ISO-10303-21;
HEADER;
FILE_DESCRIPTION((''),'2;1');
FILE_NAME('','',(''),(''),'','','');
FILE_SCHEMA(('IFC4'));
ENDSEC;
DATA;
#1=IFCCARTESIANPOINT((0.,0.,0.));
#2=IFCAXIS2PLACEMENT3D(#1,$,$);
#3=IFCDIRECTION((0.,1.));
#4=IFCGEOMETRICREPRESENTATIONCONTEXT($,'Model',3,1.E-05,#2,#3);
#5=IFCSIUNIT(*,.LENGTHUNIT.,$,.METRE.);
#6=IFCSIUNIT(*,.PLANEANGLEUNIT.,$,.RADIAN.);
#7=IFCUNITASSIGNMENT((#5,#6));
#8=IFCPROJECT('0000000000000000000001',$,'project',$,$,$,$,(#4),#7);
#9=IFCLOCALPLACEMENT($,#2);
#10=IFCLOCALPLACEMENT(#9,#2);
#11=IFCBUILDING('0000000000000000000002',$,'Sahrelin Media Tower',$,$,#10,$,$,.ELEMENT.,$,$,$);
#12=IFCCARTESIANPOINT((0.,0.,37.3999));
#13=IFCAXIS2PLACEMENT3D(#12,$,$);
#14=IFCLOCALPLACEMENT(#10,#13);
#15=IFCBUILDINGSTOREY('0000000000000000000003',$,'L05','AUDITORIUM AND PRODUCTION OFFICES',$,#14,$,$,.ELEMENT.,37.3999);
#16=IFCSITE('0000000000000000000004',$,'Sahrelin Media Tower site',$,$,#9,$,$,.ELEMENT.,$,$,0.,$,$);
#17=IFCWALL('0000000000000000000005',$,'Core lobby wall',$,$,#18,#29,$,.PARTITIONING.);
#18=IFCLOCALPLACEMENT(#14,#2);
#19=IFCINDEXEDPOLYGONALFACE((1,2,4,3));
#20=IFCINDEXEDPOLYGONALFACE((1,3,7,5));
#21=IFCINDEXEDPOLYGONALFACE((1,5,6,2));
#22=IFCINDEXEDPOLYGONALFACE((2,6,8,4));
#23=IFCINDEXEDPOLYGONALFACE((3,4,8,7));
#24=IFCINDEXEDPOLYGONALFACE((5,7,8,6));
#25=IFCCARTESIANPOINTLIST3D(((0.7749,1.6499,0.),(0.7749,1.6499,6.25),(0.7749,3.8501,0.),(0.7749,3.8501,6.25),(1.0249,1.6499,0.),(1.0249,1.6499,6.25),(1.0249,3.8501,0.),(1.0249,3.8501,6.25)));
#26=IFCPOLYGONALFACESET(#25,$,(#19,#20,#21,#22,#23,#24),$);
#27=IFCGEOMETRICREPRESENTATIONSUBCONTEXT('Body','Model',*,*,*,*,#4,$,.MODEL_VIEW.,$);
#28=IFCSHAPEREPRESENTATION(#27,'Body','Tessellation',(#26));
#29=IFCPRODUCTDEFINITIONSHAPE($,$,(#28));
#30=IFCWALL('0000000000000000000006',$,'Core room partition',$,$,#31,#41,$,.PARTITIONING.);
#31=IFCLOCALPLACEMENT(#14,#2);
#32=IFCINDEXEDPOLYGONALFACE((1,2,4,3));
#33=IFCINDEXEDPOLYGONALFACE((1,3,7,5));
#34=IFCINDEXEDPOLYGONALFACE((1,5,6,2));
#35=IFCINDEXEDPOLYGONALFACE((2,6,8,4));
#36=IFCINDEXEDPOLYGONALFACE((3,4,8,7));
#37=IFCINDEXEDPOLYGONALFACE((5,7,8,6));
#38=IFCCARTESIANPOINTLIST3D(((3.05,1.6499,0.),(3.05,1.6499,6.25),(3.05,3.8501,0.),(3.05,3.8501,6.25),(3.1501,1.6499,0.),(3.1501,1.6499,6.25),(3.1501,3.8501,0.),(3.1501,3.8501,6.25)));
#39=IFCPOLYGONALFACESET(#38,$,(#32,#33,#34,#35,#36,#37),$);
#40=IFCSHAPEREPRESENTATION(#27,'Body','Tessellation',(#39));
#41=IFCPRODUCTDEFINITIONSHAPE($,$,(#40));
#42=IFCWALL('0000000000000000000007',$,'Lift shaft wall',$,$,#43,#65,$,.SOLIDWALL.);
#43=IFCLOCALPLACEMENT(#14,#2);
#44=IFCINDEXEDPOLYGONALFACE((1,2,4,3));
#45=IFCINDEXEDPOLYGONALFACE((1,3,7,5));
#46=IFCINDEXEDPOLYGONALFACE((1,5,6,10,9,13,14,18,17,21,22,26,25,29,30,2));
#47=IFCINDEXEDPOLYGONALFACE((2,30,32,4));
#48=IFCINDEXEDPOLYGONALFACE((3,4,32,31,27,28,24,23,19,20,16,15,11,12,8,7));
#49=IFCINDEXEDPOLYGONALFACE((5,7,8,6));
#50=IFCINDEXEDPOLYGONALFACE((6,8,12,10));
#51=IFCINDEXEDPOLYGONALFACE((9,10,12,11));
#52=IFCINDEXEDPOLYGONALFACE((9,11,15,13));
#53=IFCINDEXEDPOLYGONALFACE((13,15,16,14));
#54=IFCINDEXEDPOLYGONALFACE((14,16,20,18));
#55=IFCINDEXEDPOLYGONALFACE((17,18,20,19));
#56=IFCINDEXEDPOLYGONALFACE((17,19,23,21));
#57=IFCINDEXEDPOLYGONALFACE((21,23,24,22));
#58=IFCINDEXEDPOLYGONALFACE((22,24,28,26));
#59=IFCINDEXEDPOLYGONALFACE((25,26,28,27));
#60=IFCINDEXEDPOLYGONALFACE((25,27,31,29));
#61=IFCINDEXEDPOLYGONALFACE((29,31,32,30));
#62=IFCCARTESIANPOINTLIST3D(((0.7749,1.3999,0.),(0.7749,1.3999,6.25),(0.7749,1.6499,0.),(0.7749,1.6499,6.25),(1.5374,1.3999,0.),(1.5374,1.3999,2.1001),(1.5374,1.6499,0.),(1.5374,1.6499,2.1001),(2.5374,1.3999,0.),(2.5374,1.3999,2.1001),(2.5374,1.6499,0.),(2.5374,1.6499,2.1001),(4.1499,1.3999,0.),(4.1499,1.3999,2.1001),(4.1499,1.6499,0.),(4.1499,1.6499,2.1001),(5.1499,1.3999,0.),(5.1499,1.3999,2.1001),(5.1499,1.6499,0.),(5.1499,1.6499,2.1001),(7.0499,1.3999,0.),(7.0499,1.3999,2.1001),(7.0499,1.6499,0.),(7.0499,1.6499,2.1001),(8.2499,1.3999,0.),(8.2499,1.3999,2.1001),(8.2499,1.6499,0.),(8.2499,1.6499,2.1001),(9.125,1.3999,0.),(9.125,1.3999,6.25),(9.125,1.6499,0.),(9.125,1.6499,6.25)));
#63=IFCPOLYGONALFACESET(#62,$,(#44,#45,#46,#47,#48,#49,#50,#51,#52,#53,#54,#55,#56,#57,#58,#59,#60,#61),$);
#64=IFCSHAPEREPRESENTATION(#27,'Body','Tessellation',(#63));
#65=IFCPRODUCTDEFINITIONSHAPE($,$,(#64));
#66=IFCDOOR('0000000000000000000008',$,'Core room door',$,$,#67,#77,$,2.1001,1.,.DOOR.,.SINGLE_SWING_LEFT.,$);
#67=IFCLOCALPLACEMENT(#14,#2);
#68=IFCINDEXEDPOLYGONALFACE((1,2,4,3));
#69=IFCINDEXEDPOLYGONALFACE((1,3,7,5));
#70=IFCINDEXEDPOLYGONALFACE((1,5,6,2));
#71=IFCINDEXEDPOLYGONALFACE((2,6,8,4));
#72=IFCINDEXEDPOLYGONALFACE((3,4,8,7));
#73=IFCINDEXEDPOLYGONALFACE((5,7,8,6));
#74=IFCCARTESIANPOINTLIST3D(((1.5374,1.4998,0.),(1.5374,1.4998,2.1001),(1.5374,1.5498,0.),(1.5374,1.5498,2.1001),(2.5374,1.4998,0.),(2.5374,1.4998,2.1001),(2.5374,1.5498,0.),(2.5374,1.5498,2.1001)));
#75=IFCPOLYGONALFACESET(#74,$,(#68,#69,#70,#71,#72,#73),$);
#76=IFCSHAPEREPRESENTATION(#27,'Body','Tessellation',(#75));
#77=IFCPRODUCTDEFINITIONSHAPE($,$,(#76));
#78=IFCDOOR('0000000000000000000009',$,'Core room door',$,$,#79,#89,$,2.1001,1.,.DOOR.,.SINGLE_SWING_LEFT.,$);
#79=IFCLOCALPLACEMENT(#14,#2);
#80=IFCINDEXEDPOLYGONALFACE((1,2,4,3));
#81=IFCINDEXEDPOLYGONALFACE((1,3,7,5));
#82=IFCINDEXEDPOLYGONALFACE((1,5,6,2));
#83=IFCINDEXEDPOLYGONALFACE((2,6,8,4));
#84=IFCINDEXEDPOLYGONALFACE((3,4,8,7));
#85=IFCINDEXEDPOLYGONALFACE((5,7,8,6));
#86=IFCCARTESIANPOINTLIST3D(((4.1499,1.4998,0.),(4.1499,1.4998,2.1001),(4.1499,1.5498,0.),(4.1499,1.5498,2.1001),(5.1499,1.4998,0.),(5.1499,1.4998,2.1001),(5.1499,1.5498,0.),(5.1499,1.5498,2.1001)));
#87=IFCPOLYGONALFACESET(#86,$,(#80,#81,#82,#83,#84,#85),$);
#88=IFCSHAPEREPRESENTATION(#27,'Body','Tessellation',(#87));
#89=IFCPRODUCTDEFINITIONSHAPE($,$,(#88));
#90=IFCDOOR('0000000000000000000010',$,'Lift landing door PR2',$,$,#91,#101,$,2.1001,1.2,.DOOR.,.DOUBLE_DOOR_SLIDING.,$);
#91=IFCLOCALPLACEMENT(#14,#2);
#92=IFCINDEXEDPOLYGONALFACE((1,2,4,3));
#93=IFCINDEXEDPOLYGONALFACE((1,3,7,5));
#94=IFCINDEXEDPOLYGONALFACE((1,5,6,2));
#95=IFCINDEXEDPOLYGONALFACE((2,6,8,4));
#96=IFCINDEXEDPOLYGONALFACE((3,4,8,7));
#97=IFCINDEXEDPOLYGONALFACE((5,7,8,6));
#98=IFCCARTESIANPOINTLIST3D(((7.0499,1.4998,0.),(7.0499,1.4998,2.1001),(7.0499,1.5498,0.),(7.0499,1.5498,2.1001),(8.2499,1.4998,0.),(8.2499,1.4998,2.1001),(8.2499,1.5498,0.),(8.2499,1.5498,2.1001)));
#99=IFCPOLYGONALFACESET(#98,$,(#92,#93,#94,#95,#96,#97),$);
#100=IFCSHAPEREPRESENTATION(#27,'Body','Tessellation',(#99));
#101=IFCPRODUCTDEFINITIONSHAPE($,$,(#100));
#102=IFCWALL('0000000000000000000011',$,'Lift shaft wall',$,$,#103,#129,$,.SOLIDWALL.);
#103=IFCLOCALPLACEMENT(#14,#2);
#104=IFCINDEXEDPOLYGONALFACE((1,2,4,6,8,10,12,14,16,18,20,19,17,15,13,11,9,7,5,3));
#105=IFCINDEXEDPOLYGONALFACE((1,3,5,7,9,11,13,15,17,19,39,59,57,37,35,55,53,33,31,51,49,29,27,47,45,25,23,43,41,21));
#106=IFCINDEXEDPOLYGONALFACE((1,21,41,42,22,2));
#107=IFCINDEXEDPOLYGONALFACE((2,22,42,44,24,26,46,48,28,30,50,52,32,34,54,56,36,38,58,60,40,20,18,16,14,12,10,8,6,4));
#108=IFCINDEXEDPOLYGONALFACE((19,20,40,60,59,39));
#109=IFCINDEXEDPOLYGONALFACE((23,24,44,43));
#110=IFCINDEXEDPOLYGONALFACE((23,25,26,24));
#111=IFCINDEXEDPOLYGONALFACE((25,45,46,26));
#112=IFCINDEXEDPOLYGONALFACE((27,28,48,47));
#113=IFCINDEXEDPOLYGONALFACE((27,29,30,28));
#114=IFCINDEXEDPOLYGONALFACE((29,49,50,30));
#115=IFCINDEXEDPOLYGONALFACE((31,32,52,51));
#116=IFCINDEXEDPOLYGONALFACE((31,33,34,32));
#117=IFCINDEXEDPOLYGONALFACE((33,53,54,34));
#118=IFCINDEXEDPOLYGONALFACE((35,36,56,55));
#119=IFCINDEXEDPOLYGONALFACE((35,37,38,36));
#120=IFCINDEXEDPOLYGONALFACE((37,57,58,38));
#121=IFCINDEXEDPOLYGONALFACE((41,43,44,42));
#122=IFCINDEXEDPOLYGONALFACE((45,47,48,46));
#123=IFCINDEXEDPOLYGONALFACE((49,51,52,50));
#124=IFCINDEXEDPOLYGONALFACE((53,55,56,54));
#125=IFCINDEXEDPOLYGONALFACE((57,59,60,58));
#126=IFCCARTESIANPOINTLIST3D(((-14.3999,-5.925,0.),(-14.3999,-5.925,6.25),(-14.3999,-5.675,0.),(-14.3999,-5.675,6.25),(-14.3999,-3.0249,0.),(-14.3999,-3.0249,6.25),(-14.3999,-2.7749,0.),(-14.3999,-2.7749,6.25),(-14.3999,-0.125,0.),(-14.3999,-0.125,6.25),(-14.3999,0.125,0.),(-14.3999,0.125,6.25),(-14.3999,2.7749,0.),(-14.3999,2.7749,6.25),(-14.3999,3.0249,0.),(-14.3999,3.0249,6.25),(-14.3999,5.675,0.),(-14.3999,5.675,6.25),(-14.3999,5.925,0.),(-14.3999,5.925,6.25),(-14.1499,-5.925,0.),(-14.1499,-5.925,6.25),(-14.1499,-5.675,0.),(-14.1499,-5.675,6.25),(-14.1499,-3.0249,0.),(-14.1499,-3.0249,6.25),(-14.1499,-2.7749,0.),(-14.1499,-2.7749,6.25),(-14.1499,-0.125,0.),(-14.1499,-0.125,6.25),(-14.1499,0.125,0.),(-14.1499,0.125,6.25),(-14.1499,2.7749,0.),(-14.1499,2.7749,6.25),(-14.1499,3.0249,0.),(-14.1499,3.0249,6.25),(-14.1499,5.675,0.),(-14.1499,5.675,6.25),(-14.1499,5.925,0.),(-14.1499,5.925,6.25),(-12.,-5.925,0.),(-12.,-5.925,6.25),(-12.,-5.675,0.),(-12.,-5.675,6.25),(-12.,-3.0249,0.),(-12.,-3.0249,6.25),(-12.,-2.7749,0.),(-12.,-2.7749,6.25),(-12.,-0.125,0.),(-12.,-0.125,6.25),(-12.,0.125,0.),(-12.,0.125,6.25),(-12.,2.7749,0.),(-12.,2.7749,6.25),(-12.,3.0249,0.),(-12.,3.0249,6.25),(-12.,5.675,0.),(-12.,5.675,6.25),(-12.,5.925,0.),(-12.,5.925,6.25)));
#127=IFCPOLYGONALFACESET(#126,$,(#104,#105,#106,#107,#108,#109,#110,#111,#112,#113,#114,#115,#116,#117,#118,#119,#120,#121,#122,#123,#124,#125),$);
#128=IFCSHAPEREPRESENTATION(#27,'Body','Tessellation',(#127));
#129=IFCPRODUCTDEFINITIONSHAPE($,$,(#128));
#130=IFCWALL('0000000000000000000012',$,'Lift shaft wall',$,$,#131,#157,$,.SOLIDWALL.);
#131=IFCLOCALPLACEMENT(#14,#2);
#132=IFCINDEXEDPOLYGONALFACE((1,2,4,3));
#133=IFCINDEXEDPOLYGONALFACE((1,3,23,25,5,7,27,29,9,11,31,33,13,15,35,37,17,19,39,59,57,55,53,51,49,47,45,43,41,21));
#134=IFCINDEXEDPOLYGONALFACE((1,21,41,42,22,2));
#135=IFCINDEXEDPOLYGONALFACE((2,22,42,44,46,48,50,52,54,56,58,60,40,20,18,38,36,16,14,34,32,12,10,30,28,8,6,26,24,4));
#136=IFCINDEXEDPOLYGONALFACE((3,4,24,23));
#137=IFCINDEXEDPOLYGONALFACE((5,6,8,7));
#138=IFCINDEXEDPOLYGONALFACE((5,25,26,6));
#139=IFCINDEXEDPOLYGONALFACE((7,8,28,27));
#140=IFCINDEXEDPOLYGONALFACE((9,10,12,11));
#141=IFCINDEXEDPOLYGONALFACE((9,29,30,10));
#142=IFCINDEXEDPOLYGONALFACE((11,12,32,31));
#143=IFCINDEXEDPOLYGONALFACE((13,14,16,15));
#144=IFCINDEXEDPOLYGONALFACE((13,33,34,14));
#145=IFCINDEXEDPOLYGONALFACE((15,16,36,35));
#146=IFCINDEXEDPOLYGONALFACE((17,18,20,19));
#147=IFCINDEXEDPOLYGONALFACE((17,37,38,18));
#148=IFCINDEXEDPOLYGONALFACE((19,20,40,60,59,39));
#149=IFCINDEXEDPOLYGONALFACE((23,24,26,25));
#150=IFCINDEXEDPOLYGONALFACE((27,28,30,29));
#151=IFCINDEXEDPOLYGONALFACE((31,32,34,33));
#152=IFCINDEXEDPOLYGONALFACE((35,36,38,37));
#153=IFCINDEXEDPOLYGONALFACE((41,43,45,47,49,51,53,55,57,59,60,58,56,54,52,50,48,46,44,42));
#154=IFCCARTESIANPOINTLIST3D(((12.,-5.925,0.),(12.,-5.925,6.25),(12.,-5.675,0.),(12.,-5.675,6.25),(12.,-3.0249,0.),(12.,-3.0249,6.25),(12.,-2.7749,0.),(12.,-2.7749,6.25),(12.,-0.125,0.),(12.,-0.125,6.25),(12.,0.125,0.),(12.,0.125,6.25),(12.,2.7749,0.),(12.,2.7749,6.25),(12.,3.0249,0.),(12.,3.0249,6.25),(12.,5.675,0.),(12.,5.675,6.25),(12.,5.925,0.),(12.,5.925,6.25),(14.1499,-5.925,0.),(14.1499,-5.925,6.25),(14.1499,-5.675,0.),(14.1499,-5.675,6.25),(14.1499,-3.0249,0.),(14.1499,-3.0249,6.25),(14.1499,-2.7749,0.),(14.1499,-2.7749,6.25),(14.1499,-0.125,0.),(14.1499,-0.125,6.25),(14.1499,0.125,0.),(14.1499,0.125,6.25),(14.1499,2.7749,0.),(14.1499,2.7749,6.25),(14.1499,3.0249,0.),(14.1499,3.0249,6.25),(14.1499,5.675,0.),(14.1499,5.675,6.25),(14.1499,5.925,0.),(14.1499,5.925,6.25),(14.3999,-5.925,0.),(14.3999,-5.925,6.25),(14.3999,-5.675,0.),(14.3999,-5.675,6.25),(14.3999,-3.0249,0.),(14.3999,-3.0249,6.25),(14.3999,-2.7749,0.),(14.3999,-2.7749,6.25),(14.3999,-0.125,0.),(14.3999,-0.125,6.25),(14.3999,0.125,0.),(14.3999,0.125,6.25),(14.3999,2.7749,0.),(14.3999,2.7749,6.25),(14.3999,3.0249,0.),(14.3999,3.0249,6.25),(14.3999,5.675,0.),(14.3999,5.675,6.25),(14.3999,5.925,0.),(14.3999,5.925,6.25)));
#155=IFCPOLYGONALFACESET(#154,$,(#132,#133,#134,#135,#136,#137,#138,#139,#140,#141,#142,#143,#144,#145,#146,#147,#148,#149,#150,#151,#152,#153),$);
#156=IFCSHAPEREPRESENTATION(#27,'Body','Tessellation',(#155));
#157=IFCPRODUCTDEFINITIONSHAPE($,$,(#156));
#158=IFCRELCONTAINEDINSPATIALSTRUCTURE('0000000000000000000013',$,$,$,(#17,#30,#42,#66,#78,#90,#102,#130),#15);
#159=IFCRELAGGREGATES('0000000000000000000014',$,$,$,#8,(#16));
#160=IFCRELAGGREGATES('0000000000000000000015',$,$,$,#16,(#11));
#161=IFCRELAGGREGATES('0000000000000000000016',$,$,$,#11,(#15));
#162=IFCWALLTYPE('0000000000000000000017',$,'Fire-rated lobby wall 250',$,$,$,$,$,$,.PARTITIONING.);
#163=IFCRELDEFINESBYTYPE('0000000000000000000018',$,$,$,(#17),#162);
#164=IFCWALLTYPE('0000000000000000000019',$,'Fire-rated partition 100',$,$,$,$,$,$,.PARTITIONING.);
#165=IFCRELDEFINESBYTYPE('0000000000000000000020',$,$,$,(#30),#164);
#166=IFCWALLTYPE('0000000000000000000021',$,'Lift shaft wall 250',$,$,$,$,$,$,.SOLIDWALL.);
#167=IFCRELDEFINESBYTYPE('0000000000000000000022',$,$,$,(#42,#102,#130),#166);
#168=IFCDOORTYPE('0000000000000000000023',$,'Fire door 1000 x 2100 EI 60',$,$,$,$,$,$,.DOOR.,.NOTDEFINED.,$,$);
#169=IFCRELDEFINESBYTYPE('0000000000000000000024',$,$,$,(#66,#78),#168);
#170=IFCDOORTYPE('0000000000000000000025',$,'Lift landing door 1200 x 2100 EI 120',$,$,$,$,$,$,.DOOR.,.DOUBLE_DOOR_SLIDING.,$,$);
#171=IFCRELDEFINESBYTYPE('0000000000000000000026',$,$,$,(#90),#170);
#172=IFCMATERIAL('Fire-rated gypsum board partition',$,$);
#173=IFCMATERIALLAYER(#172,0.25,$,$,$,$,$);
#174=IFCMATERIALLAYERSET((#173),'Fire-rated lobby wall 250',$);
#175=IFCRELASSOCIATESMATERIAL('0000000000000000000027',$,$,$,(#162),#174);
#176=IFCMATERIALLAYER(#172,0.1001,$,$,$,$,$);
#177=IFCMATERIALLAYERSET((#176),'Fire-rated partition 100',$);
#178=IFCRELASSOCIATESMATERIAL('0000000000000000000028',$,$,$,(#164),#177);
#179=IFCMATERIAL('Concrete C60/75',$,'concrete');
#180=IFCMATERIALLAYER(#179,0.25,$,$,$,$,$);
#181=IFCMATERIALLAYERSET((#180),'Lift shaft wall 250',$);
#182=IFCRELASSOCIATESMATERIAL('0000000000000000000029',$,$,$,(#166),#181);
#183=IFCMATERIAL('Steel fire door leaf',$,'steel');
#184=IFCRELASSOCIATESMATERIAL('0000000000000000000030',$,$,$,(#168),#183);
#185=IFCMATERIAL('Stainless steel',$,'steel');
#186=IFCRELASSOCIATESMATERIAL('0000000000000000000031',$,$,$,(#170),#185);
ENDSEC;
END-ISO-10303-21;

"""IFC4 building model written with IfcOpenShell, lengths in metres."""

from ifc_helpers import new_model, si_unit, direction, frame, frame_2d, origin, place, context, subcontext, project, spatial, polyline, rectangle, outline, extrude, material, layer, layer_set, type_object, element, fill, save


model = new_model("IFC4")

# Units and contexts
model_context = context("Model", 3, precision=1e-05, world=origin(), true_north=direction((0.0, 1.0)))
body_context = subcontext(model_context, "Body", "Model", "MODEL_VIEW")
ifc_project = project(units=[si_unit("LENGTHUNIT", "METRE"), si_unit("PLANEANGLEUNIT", "RADIAN")], contexts=[model_context])

# Site, building, storey
site_placement = place(None, origin())
site = spatial("IfcSite", under=ifc_project, at=site_placement, Name="Sahrelin Media Tower site", CompositionType="ELEMENT", RefElevation=0.0)
building_placement = place(site_placement, origin())
building = spatial("IfcBuilding", under=site, at=building_placement, Name="Sahrelin Media Tower", CompositionType="ELEMENT")
storey_placement = place(building_placement, frame((0.0, 0.0, 37.3999)))
storey = spatial("IfcBuildingStorey", under=building, at=storey_placement, Name="L05", Description="AUDITORIUM AND PRODUCTION OFFICES", CompositionType="ELEMENT", Elevation=37.3999)

# Walls
ifc_material_1 = material(Name="Fire-rated gypsum board partition")
ifc_layer_1 = layer(ifc_material_1, 0.25)
ifc_layer_set_1 = layer_set([ifc_layer_1], Name="Fire-rated lobby wall 250")
wall_type_1 = type_object("IfcWallType", Name="Fire-rated lobby wall 250", PredefinedType="PARTITIONING", material=ifc_layer_set_1)
wall_1_placement = place(storey_placement, frame((0.8999, 1.6499, 0.0), z_axis=(0.0, 0.0, 1.0), x_axis=(0.0, 1.0, 0.0)))
element("IfcWall", 1, at=wall_1_placement, inside=storey, type_object=wall_type_1, Name="Core lobby wall", PredefinedType="PARTITIONING", context=body_context, shape_type="SweptSolid", body=[
    extrude(rectangle(XDim=2.2002, YDim=0.25, at=frame_2d((1.1001, 0.0))), origin(), (0.0, 0.0, 1.0), 6.25),
])
ifc_layer_2 = layer(ifc_material_1, 0.1001)
ifc_layer_set_2 = layer_set([ifc_layer_2], Name="Fire-rated partition 100")
wall_type_2 = type_object("IfcWallType", Name="Fire-rated partition 100", PredefinedType="PARTITIONING", material=ifc_layer_set_2)
wall_2_placement = place(storey_placement, frame((3.1001, 1.6499, 0.0), z_axis=(0.0, 0.0, 1.0), x_axis=(0.0, 1.0, 0.0)))
element("IfcWall", 2, at=wall_2_placement, inside=storey, type_object=wall_type_2, Name="Core room partition", PredefinedType="PARTITIONING", context=body_context, shape_type="SweptSolid", body=[
    extrude(rectangle(XDim=2.2002, YDim=0.1001, at=frame_2d((1.1001, 0.0))), origin(), (0.0, 0.0, 1.0), 6.25),
])

# Wall, openings, doors
ifc_material_2 = material(Name="Concrete C60/75", Category="concrete")
ifc_layer_3 = layer(ifc_material_2, 0.25)
ifc_layer_set_3 = layer_set([ifc_layer_3], Name="Lift shaft wall 250")
wall_type_3 = type_object("IfcWallType", Name="Lift shaft wall 250", PredefinedType="SOLIDWALL", material=ifc_layer_set_3)
wall_3_placement = place(storey_placement, frame((0.7749, 1.5249, 0.0), z_axis=(0.0, 0.0, 1.0), x_axis=(1.0, 0.0, 0.0)))
wall_3 = element("IfcWall", 3, at=wall_3_placement, inside=storey, type_object=wall_type_3, Name="Lift shaft wall", PredefinedType="SOLIDWALL", context=body_context, shape_type="SweptSolid", body=[
    extrude(rectangle(XDim=8.3501, YDim=0.25, at=frame_2d((4.175, 0.0))), origin(), (0.0, 0.0, 1.0), 6.25),
])
opening_1_placement = place(wall_3_placement, frame((6.2749, 0.0, 0.0)))
opening_1 = element("IfcOpeningElement", 4, at=opening_1_placement, cuts=wall_3, PredefinedType="OPENING", context=body_context, shape_type="SweptSolid", body=[
    extrude(rectangle(XDim=1.2, YDim=2.1001, at=frame_2d((0.6001, 1.05))), frame((0.0, 0.125, 0.0), z_axis=(0.0, -1.0, 0.0), x_axis=(1.0, 0.0, 0.0)), (0.0, 0.0, 1.0), 0.25),
])
opening_2_placement = place(wall_3_placement, frame((0.7625, 0.0, 0.0)))
opening_2 = element("IfcOpeningElement", 5, at=opening_2_placement, cuts=wall_3, PredefinedType="OPENING", context=body_context, shape_type="SweptSolid", body=[
    extrude(rectangle(XDim=1.0, YDim=2.1001, at=frame_2d((0.5, 1.05))), frame((0.0, 0.125, 0.0), z_axis=(0.0, -1.0, 0.0), x_axis=(1.0, 0.0, 0.0)), (0.0, 0.0, 1.0), 0.25),
])
opening_3_placement = place(wall_3_placement, frame((3.375, 0.0, 0.0)))
opening_3 = element("IfcOpeningElement", 6, at=opening_3_placement, cuts=wall_3, PredefinedType="OPENING", context=body_context, shape_type="SweptSolid", body=[
    extrude(rectangle(XDim=1.0, YDim=2.1001, at=frame_2d((0.5, 1.05))), frame((0.0, 0.125, 0.0), z_axis=(0.0, -1.0, 0.0), x_axis=(1.0, 0.0, 0.0)), (0.0, 0.0, 1.0), 0.25),
])
ifc_material_3 = material(Name="Steel fire door leaf", Category="steel")
door_type_1 = type_object("IfcDoorType", Name="Fire door 1000 x 2100 EI 60", OperationType="NOTDEFINED", PredefinedType="DOOR", material=ifc_material_3)
door_1_placement = place(opening_2_placement, origin())
door_1 = element("IfcDoor", 7, at=door_1_placement, inside=storey, type_object=door_type_1, Name="Core room door", OperationType="SINGLE_SWING_LEFT", OverallHeight=2.1001, OverallWidth=1.0, PredefinedType="DOOR", context=body_context, shape_type="SweptSolid", body=[
    extrude(rectangle(XDim=1.0, YDim=2.1001, at=frame_2d((0.5, 1.05))), frame((0.0, 0.0249, 0.0), z_axis=(0.0, -1.0, 0.0), x_axis=(1.0, 0.0, 0.0)), (0.0, 0.0, 1.0), 0.05),
])
fill(opening_2, door_1)
door_2_placement = place(opening_3_placement, origin())
door_2 = element("IfcDoor", 8, at=door_2_placement, inside=storey, type_object=door_type_1, Name="Core room door", OperationType="SINGLE_SWING_LEFT", OverallHeight=2.1001, OverallWidth=1.0, PredefinedType="DOOR", context=body_context, shape_type="SweptSolid", body=[
    extrude(rectangle(XDim=1.0, YDim=2.1001, at=frame_2d((0.5, 1.05))), frame((0.0, 0.0249, 0.0), z_axis=(0.0, -1.0, 0.0), x_axis=(1.0, 0.0, 0.0)), (0.0, 0.0, 1.0), 0.05),
])
fill(opening_3, door_2)
ifc_material_4 = material(Name="Stainless steel", Category="steel")
door_type_2 = type_object("IfcDoorType", Name="Lift landing door 1200 x 2100 EI 120", OperationType="DOUBLE_DOOR_SLIDING", PredefinedType="DOOR", material=ifc_material_4)
door_3_placement = place(opening_1_placement, origin())
door_3 = element("IfcDoor", 9, at=door_3_placement, inside=storey, type_object=door_type_2, Name="Lift landing door PR2", OperationType="DOUBLE_DOOR_SLIDING", OverallHeight=2.1001, OverallWidth=1.2, PredefinedType="DOOR", context=body_context, shape_type="SweptSolid", body=[
    extrude(rectangle(XDim=1.2, YDim=2.1001, at=frame_2d((0.6001, 1.05))), frame((0.0, 0.0249, 0.0), z_axis=(0.0, -1.0, 0.0), x_axis=(1.0, 0.0, 0.0)), (0.0, 0.0, 1.0), 0.05),
])
fill(opening_1, door_3)

# Walls
placement_1 = place(storey_placement, origin())
element("IfcWall", 10, at=placement_1, inside=storey, type_object=wall_type_3, Name="Lift shaft wall", PredefinedType="SOLIDWALL", context=body_context, shape_type="SweptSolid", body=[
    extrude(outline(polyline([(-12.0, -5.925), (-12.0, -5.675), (-14.1499, -5.675), (-14.1499, -3.0249), (-12.0, -3.0249), (-12.0, -2.7749), (-14.1499, -2.7749), (-14.1499, -0.125), (-12.0, -0.125), (-12.0, 0.125), (-14.1499, 0.125), (-14.1499, 2.7749), (-12.0, 2.7749), (-12.0, 3.0249), (-14.1499, 3.0249), (-14.1499, 5.675), (-12.0, 5.675), (-12.0, 5.925), (-14.1499, 5.925), (-14.3999, 5.925), (-14.3999, 5.675), (-14.3999, 3.0249), (-14.3999, 2.7749), (-14.3999, 0.125), (-14.3999, -0.125), (-14.3999, -2.7749), (-14.3999, -3.0249), (-14.3999, -5.675), (-14.3999, -5.925), (-14.1499, -5.925), (-12.0, -5.925)])), origin(), (0.0, 0.0, 1.0), 6.25),
])
element("IfcWall", 11, at=placement_1, inside=storey, type_object=wall_type_3, Name="Lift shaft wall", PredefinedType="SOLIDWALL", context=body_context, shape_type="SweptSolid", body=[
    extrude(outline(polyline([(12.0, -5.675), (12.0, -5.925), (14.1499, -5.925), (14.3999, -5.925), (14.3999, -5.675), (14.3999, -3.0249), (14.3999, -2.7749), (14.3999, -0.125), (14.3999, 0.125), (14.3999, 2.7749), (14.3999, 3.0249), (14.3999, 5.675), (14.3999, 5.925), (14.1499, 5.925), (12.0, 5.925), (12.0, 5.675), (14.1499, 5.675), (14.1499, 3.0249), (12.0, 3.0249), (12.0, 2.7749), (14.1499, 2.7749), (14.1499, 0.125), (12.0, 0.125), (12.0, -0.125), (14.1499, -0.125), (14.1499, -2.7749), (12.0, -2.7749), (12.0, -3.0249), (14.1499, -3.0249), (14.1499, -5.675), (12.0, -5.675)])), origin(), (0.0, 0.0, 1.0), 6.25),
])

save(model, "model.ifc")
